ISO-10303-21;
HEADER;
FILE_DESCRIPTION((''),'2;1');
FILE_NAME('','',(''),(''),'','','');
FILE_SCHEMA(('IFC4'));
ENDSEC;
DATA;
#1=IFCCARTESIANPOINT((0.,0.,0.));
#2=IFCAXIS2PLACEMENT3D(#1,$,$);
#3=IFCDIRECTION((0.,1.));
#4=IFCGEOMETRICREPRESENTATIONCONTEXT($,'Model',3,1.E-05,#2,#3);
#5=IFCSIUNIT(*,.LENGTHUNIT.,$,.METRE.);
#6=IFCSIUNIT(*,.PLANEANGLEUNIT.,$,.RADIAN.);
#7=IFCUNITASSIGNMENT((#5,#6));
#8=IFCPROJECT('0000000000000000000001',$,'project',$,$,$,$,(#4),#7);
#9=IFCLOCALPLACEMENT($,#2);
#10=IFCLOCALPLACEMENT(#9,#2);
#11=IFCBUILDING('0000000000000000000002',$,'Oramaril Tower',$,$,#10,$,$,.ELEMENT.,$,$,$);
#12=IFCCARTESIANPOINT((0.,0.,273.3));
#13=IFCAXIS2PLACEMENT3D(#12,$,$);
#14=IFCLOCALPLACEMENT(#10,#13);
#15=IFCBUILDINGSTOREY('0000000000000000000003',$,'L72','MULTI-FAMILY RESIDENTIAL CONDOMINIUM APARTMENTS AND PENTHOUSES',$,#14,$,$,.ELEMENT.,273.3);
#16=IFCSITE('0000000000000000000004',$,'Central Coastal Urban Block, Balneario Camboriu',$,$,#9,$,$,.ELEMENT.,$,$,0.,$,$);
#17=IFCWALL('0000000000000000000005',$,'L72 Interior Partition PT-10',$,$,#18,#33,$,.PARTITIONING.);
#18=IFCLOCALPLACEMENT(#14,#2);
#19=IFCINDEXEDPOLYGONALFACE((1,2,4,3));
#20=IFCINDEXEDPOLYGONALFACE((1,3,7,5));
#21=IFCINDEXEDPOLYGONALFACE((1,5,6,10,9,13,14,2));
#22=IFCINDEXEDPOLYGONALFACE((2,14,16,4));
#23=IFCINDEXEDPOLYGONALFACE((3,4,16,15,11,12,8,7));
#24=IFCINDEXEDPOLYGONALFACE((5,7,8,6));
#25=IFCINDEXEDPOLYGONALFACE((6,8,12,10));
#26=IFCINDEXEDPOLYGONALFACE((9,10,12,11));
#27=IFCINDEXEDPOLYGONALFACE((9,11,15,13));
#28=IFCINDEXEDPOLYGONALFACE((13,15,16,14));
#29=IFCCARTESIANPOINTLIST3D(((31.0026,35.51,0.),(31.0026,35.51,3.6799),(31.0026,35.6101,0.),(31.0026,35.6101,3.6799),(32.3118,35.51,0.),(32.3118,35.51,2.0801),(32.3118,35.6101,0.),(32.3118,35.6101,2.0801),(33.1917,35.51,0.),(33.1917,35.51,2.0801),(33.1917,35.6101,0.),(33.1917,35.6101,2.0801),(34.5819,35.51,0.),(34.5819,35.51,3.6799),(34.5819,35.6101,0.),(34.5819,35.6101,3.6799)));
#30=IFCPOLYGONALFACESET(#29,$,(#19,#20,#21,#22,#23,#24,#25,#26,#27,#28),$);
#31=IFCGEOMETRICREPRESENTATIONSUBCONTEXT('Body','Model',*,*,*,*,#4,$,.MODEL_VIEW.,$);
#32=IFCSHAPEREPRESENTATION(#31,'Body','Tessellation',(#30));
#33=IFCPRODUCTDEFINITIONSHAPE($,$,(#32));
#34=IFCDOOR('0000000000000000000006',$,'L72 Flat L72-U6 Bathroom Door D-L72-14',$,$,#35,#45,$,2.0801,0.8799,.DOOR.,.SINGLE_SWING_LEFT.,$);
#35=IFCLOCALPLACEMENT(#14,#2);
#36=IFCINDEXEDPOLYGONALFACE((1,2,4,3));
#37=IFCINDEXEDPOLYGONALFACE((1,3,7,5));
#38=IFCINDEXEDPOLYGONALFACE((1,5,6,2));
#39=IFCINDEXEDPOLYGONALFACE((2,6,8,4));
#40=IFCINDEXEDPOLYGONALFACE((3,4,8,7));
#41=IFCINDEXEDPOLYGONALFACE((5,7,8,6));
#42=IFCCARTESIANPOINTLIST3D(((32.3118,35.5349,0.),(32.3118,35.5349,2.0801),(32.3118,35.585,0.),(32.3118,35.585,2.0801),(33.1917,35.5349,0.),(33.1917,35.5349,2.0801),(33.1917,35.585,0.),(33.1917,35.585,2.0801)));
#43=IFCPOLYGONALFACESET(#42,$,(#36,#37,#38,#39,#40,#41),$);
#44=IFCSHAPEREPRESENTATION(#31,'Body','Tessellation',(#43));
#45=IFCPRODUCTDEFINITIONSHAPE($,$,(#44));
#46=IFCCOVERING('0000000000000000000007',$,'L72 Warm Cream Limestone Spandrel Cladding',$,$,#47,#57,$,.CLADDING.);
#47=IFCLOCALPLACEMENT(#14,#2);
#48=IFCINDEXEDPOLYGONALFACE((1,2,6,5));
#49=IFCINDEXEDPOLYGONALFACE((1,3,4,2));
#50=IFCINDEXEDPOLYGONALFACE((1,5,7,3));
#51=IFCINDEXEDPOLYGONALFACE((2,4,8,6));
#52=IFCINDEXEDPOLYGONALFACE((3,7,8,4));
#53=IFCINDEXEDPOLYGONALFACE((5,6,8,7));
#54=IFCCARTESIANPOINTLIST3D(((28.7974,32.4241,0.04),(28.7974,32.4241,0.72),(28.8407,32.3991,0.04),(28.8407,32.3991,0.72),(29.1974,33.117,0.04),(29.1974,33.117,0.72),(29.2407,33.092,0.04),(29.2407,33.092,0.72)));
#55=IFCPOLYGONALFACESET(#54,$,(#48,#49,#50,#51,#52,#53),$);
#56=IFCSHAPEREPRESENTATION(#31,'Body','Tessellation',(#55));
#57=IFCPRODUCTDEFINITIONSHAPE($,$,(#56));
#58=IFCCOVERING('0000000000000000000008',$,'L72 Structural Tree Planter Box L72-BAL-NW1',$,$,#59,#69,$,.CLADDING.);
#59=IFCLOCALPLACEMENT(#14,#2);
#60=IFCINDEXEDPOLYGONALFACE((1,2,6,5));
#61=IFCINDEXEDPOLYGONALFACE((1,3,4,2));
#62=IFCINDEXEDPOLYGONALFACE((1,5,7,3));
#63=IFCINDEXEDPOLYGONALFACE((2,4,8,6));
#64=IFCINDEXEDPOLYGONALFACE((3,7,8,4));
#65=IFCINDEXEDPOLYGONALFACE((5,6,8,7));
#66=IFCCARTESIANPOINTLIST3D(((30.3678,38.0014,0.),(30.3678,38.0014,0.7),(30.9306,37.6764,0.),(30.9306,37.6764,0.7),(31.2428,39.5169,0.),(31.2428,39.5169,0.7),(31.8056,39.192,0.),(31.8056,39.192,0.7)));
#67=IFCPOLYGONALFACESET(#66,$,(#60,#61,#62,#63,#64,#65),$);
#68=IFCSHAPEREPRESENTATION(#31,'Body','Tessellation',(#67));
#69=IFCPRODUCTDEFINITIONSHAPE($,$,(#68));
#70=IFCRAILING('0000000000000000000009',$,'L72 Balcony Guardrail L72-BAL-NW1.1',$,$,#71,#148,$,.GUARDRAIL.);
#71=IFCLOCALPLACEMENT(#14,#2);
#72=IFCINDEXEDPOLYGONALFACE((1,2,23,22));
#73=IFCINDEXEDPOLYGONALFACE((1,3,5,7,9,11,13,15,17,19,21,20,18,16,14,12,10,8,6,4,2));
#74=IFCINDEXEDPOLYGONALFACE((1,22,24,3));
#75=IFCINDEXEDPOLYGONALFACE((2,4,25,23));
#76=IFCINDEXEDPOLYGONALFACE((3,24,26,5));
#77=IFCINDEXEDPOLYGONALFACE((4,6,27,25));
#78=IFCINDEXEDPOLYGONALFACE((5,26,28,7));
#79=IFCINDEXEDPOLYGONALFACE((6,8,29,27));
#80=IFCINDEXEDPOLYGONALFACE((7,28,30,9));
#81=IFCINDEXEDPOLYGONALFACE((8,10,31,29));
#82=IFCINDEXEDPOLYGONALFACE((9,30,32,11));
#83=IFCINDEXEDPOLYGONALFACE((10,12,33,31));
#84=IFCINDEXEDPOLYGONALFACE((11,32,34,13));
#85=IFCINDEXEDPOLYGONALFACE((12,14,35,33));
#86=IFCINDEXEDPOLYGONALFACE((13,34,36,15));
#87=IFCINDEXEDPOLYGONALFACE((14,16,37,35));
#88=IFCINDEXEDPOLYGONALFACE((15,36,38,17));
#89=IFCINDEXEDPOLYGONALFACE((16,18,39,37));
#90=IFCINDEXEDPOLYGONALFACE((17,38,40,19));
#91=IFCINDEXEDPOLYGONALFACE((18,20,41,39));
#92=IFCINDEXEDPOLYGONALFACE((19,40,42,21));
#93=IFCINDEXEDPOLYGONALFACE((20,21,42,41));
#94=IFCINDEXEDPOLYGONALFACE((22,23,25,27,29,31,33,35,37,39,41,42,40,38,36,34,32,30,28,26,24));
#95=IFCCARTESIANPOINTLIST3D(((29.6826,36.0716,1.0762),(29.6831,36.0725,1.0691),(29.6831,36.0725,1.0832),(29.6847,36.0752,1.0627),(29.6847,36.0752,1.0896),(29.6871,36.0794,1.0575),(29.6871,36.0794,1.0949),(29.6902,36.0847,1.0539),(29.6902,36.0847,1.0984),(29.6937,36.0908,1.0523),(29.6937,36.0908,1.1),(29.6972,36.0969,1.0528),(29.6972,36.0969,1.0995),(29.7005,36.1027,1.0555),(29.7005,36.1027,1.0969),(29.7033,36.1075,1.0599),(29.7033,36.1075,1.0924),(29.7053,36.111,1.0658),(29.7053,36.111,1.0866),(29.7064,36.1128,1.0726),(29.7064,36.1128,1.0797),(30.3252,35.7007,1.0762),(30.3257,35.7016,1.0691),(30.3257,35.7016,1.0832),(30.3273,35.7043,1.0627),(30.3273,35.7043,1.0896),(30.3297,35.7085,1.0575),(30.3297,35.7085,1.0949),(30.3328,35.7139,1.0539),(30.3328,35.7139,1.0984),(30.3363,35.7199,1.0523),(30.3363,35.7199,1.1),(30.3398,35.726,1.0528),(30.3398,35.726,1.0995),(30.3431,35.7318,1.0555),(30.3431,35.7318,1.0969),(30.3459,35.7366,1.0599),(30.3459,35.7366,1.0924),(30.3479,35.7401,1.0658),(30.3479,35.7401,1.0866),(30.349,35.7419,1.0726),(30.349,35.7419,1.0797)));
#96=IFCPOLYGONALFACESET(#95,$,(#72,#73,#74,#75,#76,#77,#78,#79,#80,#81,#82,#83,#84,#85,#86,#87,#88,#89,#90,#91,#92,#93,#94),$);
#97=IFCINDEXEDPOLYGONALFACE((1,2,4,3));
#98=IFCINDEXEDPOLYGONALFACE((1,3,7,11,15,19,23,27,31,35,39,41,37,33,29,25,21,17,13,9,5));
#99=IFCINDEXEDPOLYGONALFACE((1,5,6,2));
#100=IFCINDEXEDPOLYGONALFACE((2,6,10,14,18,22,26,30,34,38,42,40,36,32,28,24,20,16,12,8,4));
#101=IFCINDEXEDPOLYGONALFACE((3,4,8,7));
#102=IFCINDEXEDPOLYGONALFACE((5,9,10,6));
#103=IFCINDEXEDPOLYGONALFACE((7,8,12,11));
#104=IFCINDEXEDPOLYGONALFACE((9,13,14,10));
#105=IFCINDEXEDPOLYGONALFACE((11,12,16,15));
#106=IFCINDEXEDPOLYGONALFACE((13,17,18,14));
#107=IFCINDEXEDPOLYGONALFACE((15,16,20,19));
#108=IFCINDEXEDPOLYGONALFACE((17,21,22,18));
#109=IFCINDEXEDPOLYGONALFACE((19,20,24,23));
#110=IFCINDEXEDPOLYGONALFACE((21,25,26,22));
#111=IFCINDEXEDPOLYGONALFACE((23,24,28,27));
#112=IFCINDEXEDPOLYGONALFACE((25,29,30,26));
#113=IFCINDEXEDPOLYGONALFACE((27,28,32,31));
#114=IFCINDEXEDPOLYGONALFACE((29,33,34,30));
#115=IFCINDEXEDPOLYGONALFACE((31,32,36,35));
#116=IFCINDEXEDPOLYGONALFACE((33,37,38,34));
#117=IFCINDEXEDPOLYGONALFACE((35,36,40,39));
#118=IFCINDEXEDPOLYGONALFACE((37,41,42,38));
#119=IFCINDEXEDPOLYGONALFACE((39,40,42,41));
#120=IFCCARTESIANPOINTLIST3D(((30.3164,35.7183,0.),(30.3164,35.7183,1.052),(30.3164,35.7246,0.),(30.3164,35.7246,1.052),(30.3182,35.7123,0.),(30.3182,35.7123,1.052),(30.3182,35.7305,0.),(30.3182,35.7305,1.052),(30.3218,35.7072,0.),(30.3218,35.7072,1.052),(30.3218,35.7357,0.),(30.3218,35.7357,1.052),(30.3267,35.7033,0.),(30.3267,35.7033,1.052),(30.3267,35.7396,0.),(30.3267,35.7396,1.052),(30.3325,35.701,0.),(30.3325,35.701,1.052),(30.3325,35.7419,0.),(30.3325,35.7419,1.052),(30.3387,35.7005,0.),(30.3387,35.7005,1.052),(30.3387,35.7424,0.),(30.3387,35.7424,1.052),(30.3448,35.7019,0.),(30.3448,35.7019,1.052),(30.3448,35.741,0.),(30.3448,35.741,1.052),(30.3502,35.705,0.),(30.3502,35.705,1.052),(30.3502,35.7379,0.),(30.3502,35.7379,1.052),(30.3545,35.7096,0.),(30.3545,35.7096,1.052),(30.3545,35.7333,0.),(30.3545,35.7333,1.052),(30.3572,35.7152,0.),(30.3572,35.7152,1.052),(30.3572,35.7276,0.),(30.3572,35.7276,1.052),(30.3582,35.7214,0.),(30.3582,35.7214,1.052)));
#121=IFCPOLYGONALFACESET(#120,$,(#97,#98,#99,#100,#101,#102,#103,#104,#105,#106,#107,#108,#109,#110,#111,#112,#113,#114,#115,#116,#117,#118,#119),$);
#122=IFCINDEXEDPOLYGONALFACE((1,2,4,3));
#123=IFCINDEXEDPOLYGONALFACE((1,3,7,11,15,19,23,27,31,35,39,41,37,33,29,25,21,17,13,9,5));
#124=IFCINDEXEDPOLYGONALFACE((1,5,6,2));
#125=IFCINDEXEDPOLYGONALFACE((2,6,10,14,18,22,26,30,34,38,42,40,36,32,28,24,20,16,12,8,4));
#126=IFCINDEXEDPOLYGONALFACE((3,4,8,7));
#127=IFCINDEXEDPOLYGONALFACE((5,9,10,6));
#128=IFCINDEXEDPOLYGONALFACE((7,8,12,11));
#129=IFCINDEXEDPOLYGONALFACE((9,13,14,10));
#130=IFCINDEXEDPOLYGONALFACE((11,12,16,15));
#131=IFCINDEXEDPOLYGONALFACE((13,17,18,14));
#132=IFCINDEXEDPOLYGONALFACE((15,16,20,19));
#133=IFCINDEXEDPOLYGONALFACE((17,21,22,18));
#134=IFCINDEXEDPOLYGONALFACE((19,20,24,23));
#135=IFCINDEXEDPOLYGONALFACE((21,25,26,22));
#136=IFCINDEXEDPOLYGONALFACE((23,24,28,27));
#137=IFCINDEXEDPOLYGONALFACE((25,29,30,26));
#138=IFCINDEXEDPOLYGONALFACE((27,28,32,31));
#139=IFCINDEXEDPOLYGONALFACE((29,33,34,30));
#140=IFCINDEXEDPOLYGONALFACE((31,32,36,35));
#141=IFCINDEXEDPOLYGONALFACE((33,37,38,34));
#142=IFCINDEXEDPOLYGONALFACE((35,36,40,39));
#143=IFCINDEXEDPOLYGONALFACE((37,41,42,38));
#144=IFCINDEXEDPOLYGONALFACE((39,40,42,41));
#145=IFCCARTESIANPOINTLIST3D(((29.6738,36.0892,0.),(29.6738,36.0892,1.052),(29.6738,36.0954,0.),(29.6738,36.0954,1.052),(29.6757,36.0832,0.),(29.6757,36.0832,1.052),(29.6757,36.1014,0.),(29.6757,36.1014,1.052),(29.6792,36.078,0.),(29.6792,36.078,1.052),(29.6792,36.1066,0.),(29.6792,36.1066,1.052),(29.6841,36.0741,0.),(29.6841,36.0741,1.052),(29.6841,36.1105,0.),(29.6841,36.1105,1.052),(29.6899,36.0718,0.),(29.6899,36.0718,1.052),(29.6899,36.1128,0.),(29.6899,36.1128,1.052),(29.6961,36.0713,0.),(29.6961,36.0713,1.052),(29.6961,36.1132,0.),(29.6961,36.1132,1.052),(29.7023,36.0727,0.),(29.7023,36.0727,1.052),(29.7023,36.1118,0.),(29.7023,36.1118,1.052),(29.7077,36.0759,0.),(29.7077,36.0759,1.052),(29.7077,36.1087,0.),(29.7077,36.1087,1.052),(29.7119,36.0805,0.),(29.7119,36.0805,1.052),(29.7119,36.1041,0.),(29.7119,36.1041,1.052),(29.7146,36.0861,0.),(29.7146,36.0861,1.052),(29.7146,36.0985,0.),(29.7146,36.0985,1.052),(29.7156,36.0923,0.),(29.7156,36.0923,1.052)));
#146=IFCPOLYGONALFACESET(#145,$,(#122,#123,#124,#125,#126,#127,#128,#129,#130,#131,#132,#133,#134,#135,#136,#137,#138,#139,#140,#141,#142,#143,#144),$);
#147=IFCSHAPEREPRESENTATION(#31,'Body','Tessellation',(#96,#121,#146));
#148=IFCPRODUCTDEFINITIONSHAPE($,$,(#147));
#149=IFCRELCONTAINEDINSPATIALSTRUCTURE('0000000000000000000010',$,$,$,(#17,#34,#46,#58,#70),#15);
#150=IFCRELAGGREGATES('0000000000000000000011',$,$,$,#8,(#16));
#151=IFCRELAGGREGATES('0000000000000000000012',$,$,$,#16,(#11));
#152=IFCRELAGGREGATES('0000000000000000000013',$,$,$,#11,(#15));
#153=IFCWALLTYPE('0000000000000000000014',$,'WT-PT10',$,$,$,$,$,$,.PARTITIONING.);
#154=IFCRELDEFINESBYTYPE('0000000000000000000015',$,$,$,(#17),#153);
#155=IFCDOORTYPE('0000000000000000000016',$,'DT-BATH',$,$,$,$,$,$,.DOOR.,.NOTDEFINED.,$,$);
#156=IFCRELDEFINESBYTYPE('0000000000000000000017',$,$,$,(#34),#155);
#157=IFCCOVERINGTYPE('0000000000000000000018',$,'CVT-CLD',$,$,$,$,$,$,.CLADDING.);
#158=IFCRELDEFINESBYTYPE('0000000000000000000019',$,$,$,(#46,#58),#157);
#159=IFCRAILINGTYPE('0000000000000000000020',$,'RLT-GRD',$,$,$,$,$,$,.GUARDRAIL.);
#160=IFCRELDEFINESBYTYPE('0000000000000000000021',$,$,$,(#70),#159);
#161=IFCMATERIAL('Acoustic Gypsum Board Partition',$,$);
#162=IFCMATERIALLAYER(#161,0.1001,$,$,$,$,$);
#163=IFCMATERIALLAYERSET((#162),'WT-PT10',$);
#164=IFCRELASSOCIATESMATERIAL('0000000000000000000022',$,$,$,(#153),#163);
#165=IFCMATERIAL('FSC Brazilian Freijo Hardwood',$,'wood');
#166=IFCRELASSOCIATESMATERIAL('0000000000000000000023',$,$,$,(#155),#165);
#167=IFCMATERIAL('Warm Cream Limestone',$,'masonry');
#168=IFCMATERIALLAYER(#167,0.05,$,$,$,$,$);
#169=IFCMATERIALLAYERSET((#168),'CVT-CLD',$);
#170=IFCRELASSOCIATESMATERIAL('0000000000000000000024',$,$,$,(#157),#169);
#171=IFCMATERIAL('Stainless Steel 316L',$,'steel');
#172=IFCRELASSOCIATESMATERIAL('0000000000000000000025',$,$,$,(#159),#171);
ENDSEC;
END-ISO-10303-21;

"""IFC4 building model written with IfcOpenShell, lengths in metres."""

from ifc_helpers import new_model, si_unit, direction, frame, frame_2d, origin, origin_2d, place, context, subcontext, project, spatial, rectangle, circle, extrude, material, layer, layer_set, type_object, element, fill, save


model = new_model("IFC4")

# Units and contexts
model_context = context("Model", 3, precision=1e-05, world=origin(), true_north=direction((0.0, 1.0)))
body_context = subcontext(model_context, "Body", "Model", "MODEL_VIEW")
ifc_project = project(units=[si_unit("LENGTHUNIT", "METRE"), si_unit("PLANEANGLEUNIT", "RADIAN")], contexts=[model_context])

# Site, building, storey
site_placement = place(None, origin())
site = spatial("IfcSite", under=ifc_project, at=site_placement, Name="Central Coastal Urban Block, Balneario Camboriu", CompositionType="ELEMENT", RefElevation=0.0)
building_placement = place(site_placement, origin())
building = spatial("IfcBuilding", under=site, at=building_placement, Name="Oramaril Tower", CompositionType="ELEMENT")
storey_placement = place(building_placement, frame((0.0, 0.0, 273.3)))
storey = spatial("IfcBuildingStorey", under=building, at=storey_placement, Name="L72", Description="MULTI-FAMILY RESIDENTIAL CONDOMINIUM APARTMENTS AND PENTHOUSES", CompositionType="ELEMENT", Elevation=273.3)

# Wall, opening, door
ifc_material_1 = material(Name="Acoustic Gypsum Board Partition")
ifc_layer_1 = layer(ifc_material_1, 0.1001)
ifc_layer_set_1 = layer_set([ifc_layer_1], Name="WT-PT10")
wall_type_1 = type_object("IfcWallType", Name="WT-PT10", PredefinedType="PARTITIONING", material=ifc_layer_set_1)
wall_1_placement = place(storey_placement, frame((31.0027, 35.5601, 0.0), z_axis=(0.0, 0.0, 1.0), x_axis=(1.0, 0.0, 0.0)))
wall_1 = element("IfcWall", 1, at=wall_1_placement, inside=storey, type_object=wall_type_1, Name="L72 Interior Partition PT-10", PredefinedType="PARTITIONING", context=body_context, shape_type="SweptSolid", body=[
    extrude(rectangle(XDim=3.5793, YDim=0.1001, at=frame_2d((1.7896, 0.0))), origin(), (0.0, 0.0, 1.0), 3.6799),
])
opening_placement = place(wall_1_placement, frame((1.3091, 0.0, 0.0)))
opening = element("IfcOpeningElement", 2, at=opening_placement, cuts=wall_1, PredefinedType="OPENING", context=body_context, shape_type="SweptSolid", body=[
    extrude(rectangle(XDim=0.8799, YDim=2.0801, at=frame_2d((0.4399, 1.04))), frame((0.0, 0.05, 0.0), z_axis=(0.0, -1.0, 0.0), x_axis=(1.0, 0.0, 0.0)), (0.0, 0.0, 1.0), 0.1001),
])
ifc_material_2 = material(Name="FSC Brazilian Freijo Hardwood", Category="wood")
door_type = type_object("IfcDoorType", Name="DT-BATH", OperationType="NOTDEFINED", PredefinedType="DOOR", material=ifc_material_2)
door_placement = place(opening_placement, origin())
door = element("IfcDoor", 3, at=door_placement, inside=storey, type_object=door_type, Name="L72 Flat L72-U6 Bathroom Door D-L72-14", OperationType="SINGLE_SWING_LEFT", OverallHeight=2.0801, OverallWidth=0.8799, PredefinedType="DOOR", context=body_context, shape_type="SweptSolid", body=[
    extrude(rectangle(XDim=0.8799, YDim=2.0801, at=frame_2d((0.4399, 1.04))), frame((0.0, 0.0249, 0.0), z_axis=(0.0, -1.0, 0.0), x_axis=(1.0, 0.0, 0.0)), (0.0, 0.0, 1.0), 0.05),
])
fill(opening, door)

# Coverings
ifc_material_3 = material(Name="Warm Cream Limestone", Category="masonry")
ifc_layer_2 = layer(ifc_material_3, 0.05)
ifc_layer_set_2 = layer_set([ifc_layer_2], Name="CVT-CLD")
covering_type = type_object("IfcCoveringType", Name="CVT-CLD", PredefinedType="CLADDING", material=ifc_layer_set_2)
covering_1_placement = place(storey_placement, frame((29.019, 32.7581, 0.04), z_axis=(0.0, 0.0, 1.0), x_axis=(-0.499998, -0.866026, 0.0)))
element("IfcCovering", 4, at=covering_1_placement, inside=storey, type_object=covering_type, Name="L72 Warm Cream Limestone Spandrel Cladding", PredefinedType="CLADDING", context=body_context, shape_type="SweptSolid", body=[
    extrude(rectangle(XDim=0.8, YDim=0.05, at=origin_2d()), origin(), (0.0, 0.0, 1.0), 0.6799),
])
covering_2_placement = place(storey_placement, frame((31.0867, 38.5967, 0.0), z_axis=(0.0, 0.0, 1.0), x_axis=(-0.499998, -0.866026, 0.0)))
element("IfcCovering", 5, at=covering_2_placement, inside=storey, type_object=covering_type, Name="L72 Structural Tree Planter Box L72-BAL-NW1", PredefinedType="CLADDING", context=body_context, shape_type="SweptSolid", body=[
    extrude(rectangle(XDim=1.75, YDim=0.6499, at=origin_2d()), origin(), (0.0, 0.0, 1.0), 0.7),
])

# Railing
ifc_material_4 = material(Name="Stainless Steel 316L", Category="steel")
railing_type = type_object("IfcRailingType", Name="RLT-GRD", PredefinedType="GUARDRAIL", material=ifc_material_4)
railing_1_placement = place(storey_placement, frame((30.3372, 35.7214, 0.0)))
element("IfcRailing", 6, at=railing_1_placement, inside=storey, type_object=railing_type, Name="L72 Balcony Guardrail L72-BAL-NW1.1", PredefinedType="GUARDRAIL", context=body_context, shape_type="SweptSolid", body=[
    extrude(circle(Radius=0.0239, at=origin_2d()), frame((0.0, 0.0, 1.0762), z_axis=(-0.866109, 0.499855, 0.0), x_axis=(-0.499855, -0.866109, 0.0)), (0.0, 0.0, 1.0), 0.7419),
    extrude(circle(Radius=0.021, at=origin_2d()), origin(), (0.0, 0.0, 1.0), 1.052),
    extrude(circle(Radius=0.021, at=origin_2d()), frame((-0.6426, 0.3708, 0.0)), (0.0, 0.0, 1.0), 1.052),
])

save(model, "model.ifc")
